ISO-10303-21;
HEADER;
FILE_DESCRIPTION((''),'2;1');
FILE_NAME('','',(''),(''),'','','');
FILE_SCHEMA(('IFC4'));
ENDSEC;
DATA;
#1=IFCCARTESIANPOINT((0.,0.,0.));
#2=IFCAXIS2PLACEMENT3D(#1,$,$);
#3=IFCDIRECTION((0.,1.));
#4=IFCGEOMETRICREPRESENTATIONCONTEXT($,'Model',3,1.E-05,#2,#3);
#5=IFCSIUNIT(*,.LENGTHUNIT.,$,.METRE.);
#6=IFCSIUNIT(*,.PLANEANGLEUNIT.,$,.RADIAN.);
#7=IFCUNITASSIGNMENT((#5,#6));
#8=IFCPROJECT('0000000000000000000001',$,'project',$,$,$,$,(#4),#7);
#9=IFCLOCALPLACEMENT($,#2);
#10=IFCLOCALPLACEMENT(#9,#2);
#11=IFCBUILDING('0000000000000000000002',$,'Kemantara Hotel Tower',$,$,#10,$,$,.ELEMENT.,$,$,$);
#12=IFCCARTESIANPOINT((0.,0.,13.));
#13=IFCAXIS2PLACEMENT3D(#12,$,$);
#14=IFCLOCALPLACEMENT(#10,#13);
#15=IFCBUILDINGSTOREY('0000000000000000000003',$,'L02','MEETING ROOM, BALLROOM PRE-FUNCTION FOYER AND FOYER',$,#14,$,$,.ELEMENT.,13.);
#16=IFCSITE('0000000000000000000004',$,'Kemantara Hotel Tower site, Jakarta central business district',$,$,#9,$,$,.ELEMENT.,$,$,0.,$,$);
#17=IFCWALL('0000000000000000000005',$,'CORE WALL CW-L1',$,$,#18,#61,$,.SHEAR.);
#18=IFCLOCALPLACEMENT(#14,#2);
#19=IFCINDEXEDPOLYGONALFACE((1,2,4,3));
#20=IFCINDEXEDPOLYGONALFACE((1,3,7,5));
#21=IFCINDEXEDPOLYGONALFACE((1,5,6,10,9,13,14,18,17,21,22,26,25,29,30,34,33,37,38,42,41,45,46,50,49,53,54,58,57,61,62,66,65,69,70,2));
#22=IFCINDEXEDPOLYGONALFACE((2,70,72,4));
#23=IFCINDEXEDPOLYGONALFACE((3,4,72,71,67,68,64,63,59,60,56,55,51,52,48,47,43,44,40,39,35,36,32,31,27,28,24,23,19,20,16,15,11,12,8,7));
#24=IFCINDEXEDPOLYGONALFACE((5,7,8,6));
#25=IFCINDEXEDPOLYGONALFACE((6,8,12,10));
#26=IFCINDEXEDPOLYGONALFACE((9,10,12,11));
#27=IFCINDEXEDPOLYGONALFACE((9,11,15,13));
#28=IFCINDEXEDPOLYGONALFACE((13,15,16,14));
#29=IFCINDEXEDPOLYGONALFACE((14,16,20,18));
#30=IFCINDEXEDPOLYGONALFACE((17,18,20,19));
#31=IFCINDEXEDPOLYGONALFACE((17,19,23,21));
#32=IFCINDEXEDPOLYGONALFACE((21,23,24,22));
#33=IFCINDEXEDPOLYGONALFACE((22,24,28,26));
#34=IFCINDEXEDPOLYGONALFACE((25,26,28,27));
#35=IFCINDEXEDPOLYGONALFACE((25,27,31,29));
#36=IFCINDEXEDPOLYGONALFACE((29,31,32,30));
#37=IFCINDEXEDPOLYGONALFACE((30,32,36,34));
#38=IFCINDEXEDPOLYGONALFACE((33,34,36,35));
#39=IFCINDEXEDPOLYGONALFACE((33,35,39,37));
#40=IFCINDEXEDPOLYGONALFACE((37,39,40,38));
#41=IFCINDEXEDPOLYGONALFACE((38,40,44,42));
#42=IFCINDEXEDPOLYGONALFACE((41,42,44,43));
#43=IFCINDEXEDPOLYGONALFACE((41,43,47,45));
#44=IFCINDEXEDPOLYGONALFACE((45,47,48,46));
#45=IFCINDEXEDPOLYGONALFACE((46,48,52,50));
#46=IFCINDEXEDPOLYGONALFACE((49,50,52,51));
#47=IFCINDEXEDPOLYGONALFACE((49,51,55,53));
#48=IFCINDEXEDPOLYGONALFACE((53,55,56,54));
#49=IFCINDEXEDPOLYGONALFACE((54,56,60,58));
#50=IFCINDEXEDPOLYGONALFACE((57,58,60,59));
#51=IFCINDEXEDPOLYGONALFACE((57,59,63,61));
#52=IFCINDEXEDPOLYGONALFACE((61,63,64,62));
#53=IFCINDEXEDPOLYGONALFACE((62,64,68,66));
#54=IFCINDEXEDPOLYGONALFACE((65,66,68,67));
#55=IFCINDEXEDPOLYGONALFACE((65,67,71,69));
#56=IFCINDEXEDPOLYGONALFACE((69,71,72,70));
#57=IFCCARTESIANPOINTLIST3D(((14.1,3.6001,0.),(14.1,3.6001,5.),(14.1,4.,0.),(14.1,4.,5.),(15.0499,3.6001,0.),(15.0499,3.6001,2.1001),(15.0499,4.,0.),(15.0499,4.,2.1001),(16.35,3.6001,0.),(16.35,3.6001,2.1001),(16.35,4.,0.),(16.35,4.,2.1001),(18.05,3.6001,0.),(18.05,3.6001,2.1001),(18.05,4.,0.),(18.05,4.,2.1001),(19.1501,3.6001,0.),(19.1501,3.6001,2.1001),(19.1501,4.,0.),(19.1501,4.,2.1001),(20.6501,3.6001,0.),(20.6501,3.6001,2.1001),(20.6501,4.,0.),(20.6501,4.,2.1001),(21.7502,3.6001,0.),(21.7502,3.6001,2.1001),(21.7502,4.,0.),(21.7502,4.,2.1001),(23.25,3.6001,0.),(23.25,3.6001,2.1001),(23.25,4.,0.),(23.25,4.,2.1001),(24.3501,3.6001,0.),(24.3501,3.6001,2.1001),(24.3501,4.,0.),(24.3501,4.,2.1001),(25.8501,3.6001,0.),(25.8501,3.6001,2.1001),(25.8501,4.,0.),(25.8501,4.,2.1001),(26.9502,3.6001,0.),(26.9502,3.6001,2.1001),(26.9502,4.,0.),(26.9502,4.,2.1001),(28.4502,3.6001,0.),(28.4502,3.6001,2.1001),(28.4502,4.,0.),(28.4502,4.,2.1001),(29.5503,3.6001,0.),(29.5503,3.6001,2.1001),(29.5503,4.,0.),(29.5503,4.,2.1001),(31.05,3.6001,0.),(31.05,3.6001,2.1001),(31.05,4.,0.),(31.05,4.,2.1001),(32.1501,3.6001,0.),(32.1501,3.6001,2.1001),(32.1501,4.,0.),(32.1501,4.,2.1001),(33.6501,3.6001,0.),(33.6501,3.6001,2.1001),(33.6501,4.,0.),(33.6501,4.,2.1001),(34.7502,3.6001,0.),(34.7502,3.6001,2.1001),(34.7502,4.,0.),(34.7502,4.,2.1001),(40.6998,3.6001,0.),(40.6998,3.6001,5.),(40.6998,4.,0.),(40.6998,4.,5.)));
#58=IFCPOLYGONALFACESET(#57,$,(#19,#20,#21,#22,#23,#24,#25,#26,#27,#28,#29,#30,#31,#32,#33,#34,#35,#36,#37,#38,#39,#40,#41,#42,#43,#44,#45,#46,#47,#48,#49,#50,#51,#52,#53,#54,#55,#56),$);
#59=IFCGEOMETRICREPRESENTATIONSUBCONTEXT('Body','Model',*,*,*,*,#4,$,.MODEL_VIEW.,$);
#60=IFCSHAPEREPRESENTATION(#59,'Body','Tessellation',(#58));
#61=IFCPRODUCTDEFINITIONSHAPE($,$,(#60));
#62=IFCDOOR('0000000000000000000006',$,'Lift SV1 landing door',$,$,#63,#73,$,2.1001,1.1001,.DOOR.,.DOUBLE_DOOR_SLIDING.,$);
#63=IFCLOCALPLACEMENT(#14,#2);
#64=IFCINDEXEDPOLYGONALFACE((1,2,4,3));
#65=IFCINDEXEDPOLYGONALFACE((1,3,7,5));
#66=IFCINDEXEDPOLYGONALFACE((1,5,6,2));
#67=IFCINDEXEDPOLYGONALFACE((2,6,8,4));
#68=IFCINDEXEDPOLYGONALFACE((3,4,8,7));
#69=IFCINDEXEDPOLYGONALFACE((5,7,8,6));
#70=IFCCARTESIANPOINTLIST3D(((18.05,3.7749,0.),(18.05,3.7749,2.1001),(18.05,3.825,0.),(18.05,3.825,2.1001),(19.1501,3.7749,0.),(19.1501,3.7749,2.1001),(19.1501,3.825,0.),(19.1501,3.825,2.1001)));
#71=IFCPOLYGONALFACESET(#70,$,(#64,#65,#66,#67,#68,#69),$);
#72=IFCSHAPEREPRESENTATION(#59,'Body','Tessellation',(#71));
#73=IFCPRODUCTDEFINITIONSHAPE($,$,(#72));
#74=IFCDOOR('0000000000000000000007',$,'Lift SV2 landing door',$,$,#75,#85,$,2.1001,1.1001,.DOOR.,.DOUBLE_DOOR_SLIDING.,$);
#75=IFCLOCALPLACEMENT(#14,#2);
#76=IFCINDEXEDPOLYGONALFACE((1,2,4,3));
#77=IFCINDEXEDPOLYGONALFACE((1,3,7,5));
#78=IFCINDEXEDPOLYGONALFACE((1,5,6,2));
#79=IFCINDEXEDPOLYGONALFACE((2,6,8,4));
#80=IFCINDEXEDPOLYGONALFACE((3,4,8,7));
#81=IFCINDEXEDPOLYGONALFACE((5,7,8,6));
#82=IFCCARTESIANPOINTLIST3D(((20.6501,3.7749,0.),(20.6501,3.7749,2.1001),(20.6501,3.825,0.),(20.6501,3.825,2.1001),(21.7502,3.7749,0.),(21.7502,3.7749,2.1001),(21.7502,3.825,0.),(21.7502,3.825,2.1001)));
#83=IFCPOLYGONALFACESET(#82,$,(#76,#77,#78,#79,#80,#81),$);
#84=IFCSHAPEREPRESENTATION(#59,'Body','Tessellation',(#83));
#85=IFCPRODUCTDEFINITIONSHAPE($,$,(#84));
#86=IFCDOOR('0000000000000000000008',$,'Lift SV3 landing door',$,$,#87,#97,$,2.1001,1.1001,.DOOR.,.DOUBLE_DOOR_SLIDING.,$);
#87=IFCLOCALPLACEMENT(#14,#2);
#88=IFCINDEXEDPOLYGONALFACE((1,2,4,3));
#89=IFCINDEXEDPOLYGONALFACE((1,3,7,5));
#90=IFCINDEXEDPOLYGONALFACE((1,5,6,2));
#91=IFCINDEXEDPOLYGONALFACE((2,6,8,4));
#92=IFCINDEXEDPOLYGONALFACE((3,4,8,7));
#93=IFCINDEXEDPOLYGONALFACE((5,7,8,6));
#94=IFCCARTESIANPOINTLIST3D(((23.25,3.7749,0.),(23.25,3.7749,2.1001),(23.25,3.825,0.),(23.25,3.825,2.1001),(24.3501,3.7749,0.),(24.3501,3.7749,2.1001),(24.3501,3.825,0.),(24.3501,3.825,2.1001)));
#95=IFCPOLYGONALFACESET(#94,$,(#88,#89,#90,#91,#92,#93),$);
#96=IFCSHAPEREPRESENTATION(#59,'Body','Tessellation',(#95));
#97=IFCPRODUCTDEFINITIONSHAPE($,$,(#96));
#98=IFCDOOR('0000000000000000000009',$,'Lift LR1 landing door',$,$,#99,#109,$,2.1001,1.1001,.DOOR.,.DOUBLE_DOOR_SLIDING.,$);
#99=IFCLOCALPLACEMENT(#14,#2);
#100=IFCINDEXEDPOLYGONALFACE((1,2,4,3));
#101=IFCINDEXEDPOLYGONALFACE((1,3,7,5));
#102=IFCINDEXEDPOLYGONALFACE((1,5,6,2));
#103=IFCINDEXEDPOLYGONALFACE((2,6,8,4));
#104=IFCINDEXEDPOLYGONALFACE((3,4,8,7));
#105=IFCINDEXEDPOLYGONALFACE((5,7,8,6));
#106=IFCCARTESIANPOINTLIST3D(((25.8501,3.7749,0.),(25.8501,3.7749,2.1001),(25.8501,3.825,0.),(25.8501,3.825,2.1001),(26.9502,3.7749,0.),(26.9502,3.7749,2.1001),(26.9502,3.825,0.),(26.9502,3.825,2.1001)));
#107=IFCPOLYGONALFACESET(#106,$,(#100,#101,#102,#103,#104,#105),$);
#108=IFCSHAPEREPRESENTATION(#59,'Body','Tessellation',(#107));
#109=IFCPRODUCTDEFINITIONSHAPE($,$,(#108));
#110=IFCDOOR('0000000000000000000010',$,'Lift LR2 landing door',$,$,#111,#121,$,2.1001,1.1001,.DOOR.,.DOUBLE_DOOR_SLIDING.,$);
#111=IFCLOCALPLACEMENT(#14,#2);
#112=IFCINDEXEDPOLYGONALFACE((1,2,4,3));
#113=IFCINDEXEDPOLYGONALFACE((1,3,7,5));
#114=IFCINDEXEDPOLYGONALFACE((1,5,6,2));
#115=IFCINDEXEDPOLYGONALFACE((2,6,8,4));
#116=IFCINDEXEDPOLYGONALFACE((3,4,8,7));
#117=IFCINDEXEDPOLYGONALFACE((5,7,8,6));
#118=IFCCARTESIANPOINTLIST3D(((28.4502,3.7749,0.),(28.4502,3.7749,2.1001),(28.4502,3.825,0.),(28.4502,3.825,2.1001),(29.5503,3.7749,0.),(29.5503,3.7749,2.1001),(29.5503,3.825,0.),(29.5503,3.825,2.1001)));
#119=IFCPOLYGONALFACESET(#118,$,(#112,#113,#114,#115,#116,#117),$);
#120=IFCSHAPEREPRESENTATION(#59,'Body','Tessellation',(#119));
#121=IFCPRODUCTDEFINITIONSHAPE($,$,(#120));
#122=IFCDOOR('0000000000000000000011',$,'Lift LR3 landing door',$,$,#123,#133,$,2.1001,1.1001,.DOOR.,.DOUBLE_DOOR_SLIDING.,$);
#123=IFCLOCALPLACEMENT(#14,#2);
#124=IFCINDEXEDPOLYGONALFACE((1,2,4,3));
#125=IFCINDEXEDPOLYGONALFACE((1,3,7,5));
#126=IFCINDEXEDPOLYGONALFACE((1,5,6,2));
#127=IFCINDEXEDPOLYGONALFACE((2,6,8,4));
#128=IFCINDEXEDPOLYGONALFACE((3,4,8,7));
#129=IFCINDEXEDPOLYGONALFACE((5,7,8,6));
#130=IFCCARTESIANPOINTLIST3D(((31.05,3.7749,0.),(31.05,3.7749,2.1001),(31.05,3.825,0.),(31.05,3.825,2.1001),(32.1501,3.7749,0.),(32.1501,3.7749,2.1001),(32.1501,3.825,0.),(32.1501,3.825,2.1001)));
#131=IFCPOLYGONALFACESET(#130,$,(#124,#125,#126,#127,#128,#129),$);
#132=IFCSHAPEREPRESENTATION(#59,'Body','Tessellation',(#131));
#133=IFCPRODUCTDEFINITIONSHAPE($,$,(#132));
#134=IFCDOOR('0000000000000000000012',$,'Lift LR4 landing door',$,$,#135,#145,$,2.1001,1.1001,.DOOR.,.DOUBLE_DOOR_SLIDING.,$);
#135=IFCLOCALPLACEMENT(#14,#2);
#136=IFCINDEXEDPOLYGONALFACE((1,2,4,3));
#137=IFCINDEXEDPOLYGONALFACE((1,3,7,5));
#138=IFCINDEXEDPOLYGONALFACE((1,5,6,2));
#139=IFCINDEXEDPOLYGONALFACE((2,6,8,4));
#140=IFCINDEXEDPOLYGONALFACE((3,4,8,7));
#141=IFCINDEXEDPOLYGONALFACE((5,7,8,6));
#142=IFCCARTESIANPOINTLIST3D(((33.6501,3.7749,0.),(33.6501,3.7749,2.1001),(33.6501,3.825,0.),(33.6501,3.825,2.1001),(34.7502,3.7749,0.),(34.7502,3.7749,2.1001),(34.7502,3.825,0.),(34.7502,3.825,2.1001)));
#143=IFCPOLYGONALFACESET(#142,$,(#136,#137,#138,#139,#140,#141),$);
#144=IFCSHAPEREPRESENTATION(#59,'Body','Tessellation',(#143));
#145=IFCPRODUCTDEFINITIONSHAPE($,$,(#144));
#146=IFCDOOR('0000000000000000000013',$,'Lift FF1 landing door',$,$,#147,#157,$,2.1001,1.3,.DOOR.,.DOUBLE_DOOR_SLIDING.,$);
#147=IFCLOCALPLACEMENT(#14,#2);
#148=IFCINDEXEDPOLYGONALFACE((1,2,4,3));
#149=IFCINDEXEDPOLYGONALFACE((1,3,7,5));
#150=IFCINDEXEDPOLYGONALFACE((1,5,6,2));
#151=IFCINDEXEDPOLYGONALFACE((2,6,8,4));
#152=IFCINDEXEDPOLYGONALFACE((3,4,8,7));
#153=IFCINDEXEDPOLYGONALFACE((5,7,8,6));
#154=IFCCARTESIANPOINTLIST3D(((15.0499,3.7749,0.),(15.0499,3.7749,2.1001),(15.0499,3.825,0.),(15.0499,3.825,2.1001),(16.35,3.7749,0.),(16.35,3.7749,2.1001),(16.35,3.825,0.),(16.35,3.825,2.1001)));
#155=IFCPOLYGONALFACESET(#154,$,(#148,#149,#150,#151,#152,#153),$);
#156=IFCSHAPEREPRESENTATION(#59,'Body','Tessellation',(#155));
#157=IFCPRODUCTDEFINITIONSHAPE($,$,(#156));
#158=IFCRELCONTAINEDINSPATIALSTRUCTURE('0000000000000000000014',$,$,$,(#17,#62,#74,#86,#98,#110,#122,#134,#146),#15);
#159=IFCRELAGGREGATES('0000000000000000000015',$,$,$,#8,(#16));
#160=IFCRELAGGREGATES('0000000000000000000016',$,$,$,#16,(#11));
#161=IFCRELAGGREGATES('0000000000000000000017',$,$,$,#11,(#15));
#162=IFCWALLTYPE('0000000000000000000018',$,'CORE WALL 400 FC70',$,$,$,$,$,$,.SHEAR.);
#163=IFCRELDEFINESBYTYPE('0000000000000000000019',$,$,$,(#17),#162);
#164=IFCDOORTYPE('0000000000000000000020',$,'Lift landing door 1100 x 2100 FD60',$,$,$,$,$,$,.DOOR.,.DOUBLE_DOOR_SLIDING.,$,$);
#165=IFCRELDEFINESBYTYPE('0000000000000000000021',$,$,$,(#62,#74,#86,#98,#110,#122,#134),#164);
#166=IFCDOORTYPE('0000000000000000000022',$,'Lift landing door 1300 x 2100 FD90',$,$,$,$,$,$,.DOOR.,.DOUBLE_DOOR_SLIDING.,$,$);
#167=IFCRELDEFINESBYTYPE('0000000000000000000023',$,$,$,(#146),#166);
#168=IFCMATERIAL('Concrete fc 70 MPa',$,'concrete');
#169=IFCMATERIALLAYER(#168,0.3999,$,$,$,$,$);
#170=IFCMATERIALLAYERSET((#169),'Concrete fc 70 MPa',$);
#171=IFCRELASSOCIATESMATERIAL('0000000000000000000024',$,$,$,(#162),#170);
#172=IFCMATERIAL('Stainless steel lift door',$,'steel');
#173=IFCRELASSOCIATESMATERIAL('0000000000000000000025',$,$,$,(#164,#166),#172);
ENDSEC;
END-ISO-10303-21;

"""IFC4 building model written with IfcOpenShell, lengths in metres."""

from ifc_helpers import new_model, si_unit, direction, frame, frame_2d, origin, place, context, subcontext, project, spatial, rectangle, extrude, material, layer, layer_set, type_object, element, fill, save


model = new_model("IFC4")

# Units and contexts
model_context = context("Model", 3, precision=1e-05, world=origin(), true_north=direction((0.0, 1.0)))
body_context = subcontext(model_context, "Body", "Model", "MODEL_VIEW")
ifc_project = project(units=[si_unit("LENGTHUNIT", "METRE"), si_unit("PLANEANGLEUNIT", "RADIAN")], contexts=[model_context])

# Site, building, storey
site_placement = place(None, origin())
site = spatial("IfcSite", under=ifc_project, at=site_placement, Name="Kemantara Hotel Tower site, Jakarta central business district", CompositionType="ELEMENT", RefElevation=0.0)
building_placement = place(site_placement, origin())
building = spatial("IfcBuilding", under=site, at=building_placement, Name="Kemantara Hotel Tower", CompositionType="ELEMENT")
storey_placement = place(building_placement, frame((0.0, 0.0, 13.0)))
storey = spatial("IfcBuildingStorey", under=building, at=storey_placement, Name="L02", Description="MEETING ROOM, BALLROOM PRE-FUNCTION FOYER AND FOYER", CompositionType="ELEMENT", Elevation=13.0)

# Wall, openings, doors
ifc_material_1 = material(Name="Concrete fc 70 MPa", Category="concrete")
ifc_layer = layer(ifc_material_1, 0.3999)
ifc_layer_set = layer_set([ifc_layer], Name="Concrete fc 70 MPa")
wall_type = type_object("IfcWallType", Name="CORE WALL 400 FC70", PredefinedType="SHEAR", material=ifc_layer_set)
wall_1_placement = place(storey_placement, frame((14.1001, 3.8, 0.0), z_axis=(0.0, 0.0, 1.0), x_axis=(1.0, 0.0, 0.0)))
wall_1 = element("IfcWall", 1, at=wall_1_placement, inside=storey, type_object=wall_type, Name="CORE WALL CW-L1", PredefinedType="SHEAR", context=body_context, shape_type="SweptSolid", body=[
    extrude(rectangle(XDim=26.5999, YDim=0.3999, at=frame_2d((13.2998, 0.0))), origin(), (0.0, 0.0, 1.0), 5.0),
])
opening_1_placement = place(wall_1_placement, frame((0.95, 0.0, 0.0)))
opening_1 = element("IfcOpeningElement", 2, at=opening_1_placement, cuts=wall_1, PredefinedType="OPENING", context=body_context, shape_type="SweptSolid", body=[
    extrude(rectangle(XDim=1.3, YDim=2.1001, at=frame_2d((0.6499, 1.05))), frame((0.0, 0.21, 0.0), z_axis=(0.0, -1.0, 0.0), x_axis=(1.0, 0.0, 0.0)), (0.0, 0.0, 1.0), 0.4199),
])
opening_2_placement = place(wall_1_placement, frame((3.95, 0.0, 0.0)))
opening_2 = element("IfcOpeningElement", 3, at=opening_2_placement, cuts=wall_1, PredefinedType="OPENING", context=body_context, shape_type="SweptSolid", body=[
    extrude(rectangle(XDim=1.1001, YDim=2.1001, at=frame_2d((0.55, 1.05))), frame((0.0, 0.21, 0.0), z_axis=(0.0, -1.0, 0.0), x_axis=(1.0, 0.0, 0.0)), (0.0, 0.0, 1.0), 0.4199),
])
opening_3_placement = place(wall_1_placement, frame((6.55, 0.0, 0.0)))
opening_3 = element("IfcOpeningElement", 4, at=opening_3_placement, cuts=wall_1, PredefinedType="OPENING", context=body_context, shape_type="SweptSolid", body=[
    extrude(rectangle(XDim=1.1001, YDim=2.1001, at=frame_2d((0.55, 1.05))), frame((0.0, 0.21, 0.0), z_axis=(0.0, -1.0, 0.0), x_axis=(1.0, 0.0, 0.0)), (0.0, 0.0, 1.0), 0.4199),
])
opening_4_placement = place(wall_1_placement, frame((9.1499, 0.0, 0.0)))
opening_4 = element("IfcOpeningElement", 5, at=opening_4_placement, cuts=wall_1, PredefinedType="OPENING", context=body_context, shape_type="SweptSolid", body=[
    extrude(rectangle(XDim=1.1001, YDim=2.1001, at=frame_2d((0.55, 1.05))), frame((0.0, 0.21, 0.0), z_axis=(0.0, -1.0, 0.0), x_axis=(1.0, 0.0, 0.0)), (0.0, 0.0, 1.0), 0.4199),
])
opening_5_placement = place(wall_1_placement, frame((11.75, 0.0, 0.0)))
opening_5 = element("IfcOpeningElement", 6, at=opening_5_placement, cuts=wall_1, PredefinedType="OPENING", context=body_context, shape_type="SweptSolid", body=[
    extrude(rectangle(XDim=1.1001, YDim=2.1001, at=frame_2d((0.55, 1.05))), frame((0.0, 0.21, 0.0), z_axis=(0.0, -1.0, 0.0), x_axis=(1.0, 0.0, 0.0)), (0.0, 0.0, 1.0), 0.4199),
])
opening_6_placement = place(wall_1_placement, frame((14.3501, 0.0, 0.0)))
opening_6 = element("IfcOpeningElement", 7, at=opening_6_placement, cuts=wall_1, PredefinedType="OPENING", context=body_context, shape_type="SweptSolid", body=[
    extrude(rectangle(XDim=1.1001, YDim=2.1001, at=frame_2d((0.55, 1.05))), frame((0.0, 0.21, 0.0), z_axis=(0.0, -1.0, 0.0), x_axis=(1.0, 0.0, 0.0)), (0.0, 0.0, 1.0), 0.4199),
])
opening_7_placement = place(wall_1_placement, frame((16.95, 0.0, 0.0)))
opening_7 = element("IfcOpeningElement", 8, at=opening_7_placement, cuts=wall_1, PredefinedType="OPENING", context=body_context, shape_type="SweptSolid", body=[
    extrude(rectangle(XDim=1.1001, YDim=2.1001, at=frame_2d((0.55, 1.05))), frame((0.0, 0.21, 0.0), z_axis=(0.0, -1.0, 0.0), x_axis=(1.0, 0.0, 0.0)), (0.0, 0.0, 1.0), 0.4199),
])
opening_8_placement = place(wall_1_placement, frame((19.55, 0.0, 0.0)))
opening_8 = element("IfcOpeningElement", 9, at=opening_8_placement, cuts=wall_1, PredefinedType="OPENING", context=body_context, shape_type="SweptSolid", body=[
    extrude(rectangle(XDim=1.1001, YDim=2.1001, at=frame_2d((0.55, 1.05))), frame((0.0, 0.21, 0.0), z_axis=(0.0, -1.0, 0.0), x_axis=(1.0, 0.0, 0.0)), (0.0, 0.0, 1.0), 0.4199),
])
ifc_material_2 = material(Name="Stainless steel lift door", Category="steel")
door_type_1 = type_object("IfcDoorType", Name="Lift landing door 1100 x 2100 FD60", OperationType="DOUBLE_DOOR_SLIDING", PredefinedType="DOOR", material=ifc_material_2)
door_1_placement = place(opening_2_placement, origin())
door_1 = element("IfcDoor", 10, at=door_1_placement, inside=storey, type_object=door_type_1, Name="Lift SV1 landing door", OperationType="DOUBLE_DOOR_SLIDING", OverallHeight=2.1001, OverallWidth=1.1001, PredefinedType="DOOR", context=body_context, shape_type="SweptSolid", body=[
    extrude(rectangle(XDim=1.1001, YDim=2.1001, at=frame_2d((0.55, 1.05))), frame((0.0, 0.0249, 0.0), z_axis=(0.0, -1.0, 0.0), x_axis=(1.0, 0.0, 0.0)), (0.0, 0.0, 1.0), 0.05),
])
fill(opening_2, door_1)
door_2_placement = place(opening_3_placement, origin())
door_2 = element("IfcDoor", 11, at=door_2_placement, inside=storey, type_object=door_type_1, Name="Lift SV2 landing door", OperationType="DOUBLE_DOOR_SLIDING", OverallHeight=2.1001, OverallWidth=1.1001, PredefinedType="DOOR", context=body_context, shape_type="SweptSolid", body=[
    extrude(rectangle(XDim=1.1001, YDim=2.1001, at=frame_2d((0.55, 1.05))), frame((0.0, 0.0249, 0.0), z_axis=(0.0, -1.0, 0.0), x_axis=(1.0, 0.0, 0.0)), (0.0, 0.0, 1.0), 0.05),
])
fill(opening_3, door_2)
door_3_placement = place(opening_4_placement, origin())
door_3 = element("IfcDoor", 12, at=door_3_placement, inside=storey, type_object=door_type_1, Name="Lift SV3 landing door", OperationType="DOUBLE_DOOR_SLIDING", OverallHeight=2.1001, OverallWidth=1.1001, PredefinedType="DOOR", context=body_context, shape_type="SweptSolid", body=[
    extrude(rectangle(XDim=1.1001, YDim=2.1001, at=frame_2d((0.55, 1.05))), frame((0.0, 0.0249, 0.0), z_axis=(0.0, -1.0, 0.0), x_axis=(1.0, 0.0, 0.0)), (0.0, 0.0, 1.0), 0.05),
])
fill(opening_4, door_3)
door_4_placement = place(opening_5_placement, origin())
door_4 = element("IfcDoor", 13, at=door_4_placement, inside=storey, type_object=door_type_1, Name="Lift LR1 landing door", OperationType="DOUBLE_DOOR_SLIDING", OverallHeight=2.1001, OverallWidth=1.1001, PredefinedType="DOOR", context=body_context, shape_type="SweptSolid", body=[
    extrude(rectangle(XDim=1.1001, YDim=2.1001, at=frame_2d((0.55, 1.05))), frame((0.0, 0.0249, 0.0), z_axis=(0.0, -1.0, 0.0), x_axis=(1.0, 0.0, 0.0)), (0.0, 0.0, 1.0), 0.05),
])
fill(opening_5, door_4)
door_5_placement = place(opening_6_placement, origin())
door_5 = element("IfcDoor", 14, at=door_5_placement, inside=storey, type_object=door_type_1, Name="Lift LR2 landing door", OperationType="DOUBLE_DOOR_SLIDING", OverallHeight=2.1001, OverallWidth=1.1001, PredefinedType="DOOR", context=body_context, shape_type="SweptSolid", body=[
    extrude(rectangle(XDim=1.1001, YDim=2.1001, at=frame_2d((0.55, 1.05))), frame((0.0, 0.0249, 0.0), z_axis=(0.0, -1.0, 0.0), x_axis=(1.0, 0.0, 0.0)), (0.0, 0.0, 1.0), 0.05),
])
fill(opening_6, door_5)
door_6_placement = place(opening_7_placement, origin())
door_6 = element("IfcDoor", 15, at=door_6_placement, inside=storey, type_object=door_type_1, Name="Lift LR3 landing door", OperationType="DOUBLE_DOOR_SLIDING", OverallHeight=2.1001, OverallWidth=1.1001, PredefinedType="DOOR", context=body_context, shape_type="SweptSolid", body=[
    extrude(rectangle(XDim=1.1001, YDim=2.1001, at=frame_2d((0.55, 1.05))), frame((0.0, 0.0249, 0.0), z_axis=(0.0, -1.0, 0.0), x_axis=(1.0, 0.0, 0.0)), (0.0, 0.0, 1.0), 0.05),
])
fill(opening_7, door_6)
door_7_placement = place(opening_8_placement, origin())
door_7 = element("IfcDoor", 16, at=door_7_placement, inside=storey, type_object=door_type_1, Name="Lift LR4 landing door", OperationType="DOUBLE_DOOR_SLIDING", OverallHeight=2.1001, OverallWidth=1.1001, PredefinedType="DOOR", context=body_context, shape_type="SweptSolid", body=[
    extrude(rectangle(XDim=1.1001, YDim=2.1001, at=frame_2d((0.55, 1.05))), frame((0.0, 0.0249, 0.0), z_axis=(0.0, -1.0, 0.0), x_axis=(1.0, 0.0, 0.0)), (0.0, 0.0, 1.0), 0.05),
])
fill(opening_8, door_7)
door_type_2 = type_object("IfcDoorType", Name="Lift landing door 1300 x 2100 FD90", OperationType="DOUBLE_DOOR_SLIDING", PredefinedType="DOOR", material=ifc_material_2)
door_8_placement = place(opening_1_placement, origin())
door_8 = element("IfcDoor", 17, at=door_8_placement, inside=storey, type_object=door_type_2, Name="Lift FF1 landing door", OperationType="DOUBLE_DOOR_SLIDING", OverallHeight=2.1001, OverallWidth=1.3, PredefinedType="DOOR", context=body_context, shape_type="SweptSolid", body=[
    extrude(rectangle(XDim=1.3, YDim=2.1001, at=frame_2d((0.6499, 1.05))), frame((0.0, 0.0249, 0.0), z_axis=(0.0, -1.0, 0.0), x_axis=(1.0, 0.0, 0.0)), (0.0, 0.0, 1.0), 0.05),
])
fill(opening_1, door_8)

save(model, "model.ifc")
